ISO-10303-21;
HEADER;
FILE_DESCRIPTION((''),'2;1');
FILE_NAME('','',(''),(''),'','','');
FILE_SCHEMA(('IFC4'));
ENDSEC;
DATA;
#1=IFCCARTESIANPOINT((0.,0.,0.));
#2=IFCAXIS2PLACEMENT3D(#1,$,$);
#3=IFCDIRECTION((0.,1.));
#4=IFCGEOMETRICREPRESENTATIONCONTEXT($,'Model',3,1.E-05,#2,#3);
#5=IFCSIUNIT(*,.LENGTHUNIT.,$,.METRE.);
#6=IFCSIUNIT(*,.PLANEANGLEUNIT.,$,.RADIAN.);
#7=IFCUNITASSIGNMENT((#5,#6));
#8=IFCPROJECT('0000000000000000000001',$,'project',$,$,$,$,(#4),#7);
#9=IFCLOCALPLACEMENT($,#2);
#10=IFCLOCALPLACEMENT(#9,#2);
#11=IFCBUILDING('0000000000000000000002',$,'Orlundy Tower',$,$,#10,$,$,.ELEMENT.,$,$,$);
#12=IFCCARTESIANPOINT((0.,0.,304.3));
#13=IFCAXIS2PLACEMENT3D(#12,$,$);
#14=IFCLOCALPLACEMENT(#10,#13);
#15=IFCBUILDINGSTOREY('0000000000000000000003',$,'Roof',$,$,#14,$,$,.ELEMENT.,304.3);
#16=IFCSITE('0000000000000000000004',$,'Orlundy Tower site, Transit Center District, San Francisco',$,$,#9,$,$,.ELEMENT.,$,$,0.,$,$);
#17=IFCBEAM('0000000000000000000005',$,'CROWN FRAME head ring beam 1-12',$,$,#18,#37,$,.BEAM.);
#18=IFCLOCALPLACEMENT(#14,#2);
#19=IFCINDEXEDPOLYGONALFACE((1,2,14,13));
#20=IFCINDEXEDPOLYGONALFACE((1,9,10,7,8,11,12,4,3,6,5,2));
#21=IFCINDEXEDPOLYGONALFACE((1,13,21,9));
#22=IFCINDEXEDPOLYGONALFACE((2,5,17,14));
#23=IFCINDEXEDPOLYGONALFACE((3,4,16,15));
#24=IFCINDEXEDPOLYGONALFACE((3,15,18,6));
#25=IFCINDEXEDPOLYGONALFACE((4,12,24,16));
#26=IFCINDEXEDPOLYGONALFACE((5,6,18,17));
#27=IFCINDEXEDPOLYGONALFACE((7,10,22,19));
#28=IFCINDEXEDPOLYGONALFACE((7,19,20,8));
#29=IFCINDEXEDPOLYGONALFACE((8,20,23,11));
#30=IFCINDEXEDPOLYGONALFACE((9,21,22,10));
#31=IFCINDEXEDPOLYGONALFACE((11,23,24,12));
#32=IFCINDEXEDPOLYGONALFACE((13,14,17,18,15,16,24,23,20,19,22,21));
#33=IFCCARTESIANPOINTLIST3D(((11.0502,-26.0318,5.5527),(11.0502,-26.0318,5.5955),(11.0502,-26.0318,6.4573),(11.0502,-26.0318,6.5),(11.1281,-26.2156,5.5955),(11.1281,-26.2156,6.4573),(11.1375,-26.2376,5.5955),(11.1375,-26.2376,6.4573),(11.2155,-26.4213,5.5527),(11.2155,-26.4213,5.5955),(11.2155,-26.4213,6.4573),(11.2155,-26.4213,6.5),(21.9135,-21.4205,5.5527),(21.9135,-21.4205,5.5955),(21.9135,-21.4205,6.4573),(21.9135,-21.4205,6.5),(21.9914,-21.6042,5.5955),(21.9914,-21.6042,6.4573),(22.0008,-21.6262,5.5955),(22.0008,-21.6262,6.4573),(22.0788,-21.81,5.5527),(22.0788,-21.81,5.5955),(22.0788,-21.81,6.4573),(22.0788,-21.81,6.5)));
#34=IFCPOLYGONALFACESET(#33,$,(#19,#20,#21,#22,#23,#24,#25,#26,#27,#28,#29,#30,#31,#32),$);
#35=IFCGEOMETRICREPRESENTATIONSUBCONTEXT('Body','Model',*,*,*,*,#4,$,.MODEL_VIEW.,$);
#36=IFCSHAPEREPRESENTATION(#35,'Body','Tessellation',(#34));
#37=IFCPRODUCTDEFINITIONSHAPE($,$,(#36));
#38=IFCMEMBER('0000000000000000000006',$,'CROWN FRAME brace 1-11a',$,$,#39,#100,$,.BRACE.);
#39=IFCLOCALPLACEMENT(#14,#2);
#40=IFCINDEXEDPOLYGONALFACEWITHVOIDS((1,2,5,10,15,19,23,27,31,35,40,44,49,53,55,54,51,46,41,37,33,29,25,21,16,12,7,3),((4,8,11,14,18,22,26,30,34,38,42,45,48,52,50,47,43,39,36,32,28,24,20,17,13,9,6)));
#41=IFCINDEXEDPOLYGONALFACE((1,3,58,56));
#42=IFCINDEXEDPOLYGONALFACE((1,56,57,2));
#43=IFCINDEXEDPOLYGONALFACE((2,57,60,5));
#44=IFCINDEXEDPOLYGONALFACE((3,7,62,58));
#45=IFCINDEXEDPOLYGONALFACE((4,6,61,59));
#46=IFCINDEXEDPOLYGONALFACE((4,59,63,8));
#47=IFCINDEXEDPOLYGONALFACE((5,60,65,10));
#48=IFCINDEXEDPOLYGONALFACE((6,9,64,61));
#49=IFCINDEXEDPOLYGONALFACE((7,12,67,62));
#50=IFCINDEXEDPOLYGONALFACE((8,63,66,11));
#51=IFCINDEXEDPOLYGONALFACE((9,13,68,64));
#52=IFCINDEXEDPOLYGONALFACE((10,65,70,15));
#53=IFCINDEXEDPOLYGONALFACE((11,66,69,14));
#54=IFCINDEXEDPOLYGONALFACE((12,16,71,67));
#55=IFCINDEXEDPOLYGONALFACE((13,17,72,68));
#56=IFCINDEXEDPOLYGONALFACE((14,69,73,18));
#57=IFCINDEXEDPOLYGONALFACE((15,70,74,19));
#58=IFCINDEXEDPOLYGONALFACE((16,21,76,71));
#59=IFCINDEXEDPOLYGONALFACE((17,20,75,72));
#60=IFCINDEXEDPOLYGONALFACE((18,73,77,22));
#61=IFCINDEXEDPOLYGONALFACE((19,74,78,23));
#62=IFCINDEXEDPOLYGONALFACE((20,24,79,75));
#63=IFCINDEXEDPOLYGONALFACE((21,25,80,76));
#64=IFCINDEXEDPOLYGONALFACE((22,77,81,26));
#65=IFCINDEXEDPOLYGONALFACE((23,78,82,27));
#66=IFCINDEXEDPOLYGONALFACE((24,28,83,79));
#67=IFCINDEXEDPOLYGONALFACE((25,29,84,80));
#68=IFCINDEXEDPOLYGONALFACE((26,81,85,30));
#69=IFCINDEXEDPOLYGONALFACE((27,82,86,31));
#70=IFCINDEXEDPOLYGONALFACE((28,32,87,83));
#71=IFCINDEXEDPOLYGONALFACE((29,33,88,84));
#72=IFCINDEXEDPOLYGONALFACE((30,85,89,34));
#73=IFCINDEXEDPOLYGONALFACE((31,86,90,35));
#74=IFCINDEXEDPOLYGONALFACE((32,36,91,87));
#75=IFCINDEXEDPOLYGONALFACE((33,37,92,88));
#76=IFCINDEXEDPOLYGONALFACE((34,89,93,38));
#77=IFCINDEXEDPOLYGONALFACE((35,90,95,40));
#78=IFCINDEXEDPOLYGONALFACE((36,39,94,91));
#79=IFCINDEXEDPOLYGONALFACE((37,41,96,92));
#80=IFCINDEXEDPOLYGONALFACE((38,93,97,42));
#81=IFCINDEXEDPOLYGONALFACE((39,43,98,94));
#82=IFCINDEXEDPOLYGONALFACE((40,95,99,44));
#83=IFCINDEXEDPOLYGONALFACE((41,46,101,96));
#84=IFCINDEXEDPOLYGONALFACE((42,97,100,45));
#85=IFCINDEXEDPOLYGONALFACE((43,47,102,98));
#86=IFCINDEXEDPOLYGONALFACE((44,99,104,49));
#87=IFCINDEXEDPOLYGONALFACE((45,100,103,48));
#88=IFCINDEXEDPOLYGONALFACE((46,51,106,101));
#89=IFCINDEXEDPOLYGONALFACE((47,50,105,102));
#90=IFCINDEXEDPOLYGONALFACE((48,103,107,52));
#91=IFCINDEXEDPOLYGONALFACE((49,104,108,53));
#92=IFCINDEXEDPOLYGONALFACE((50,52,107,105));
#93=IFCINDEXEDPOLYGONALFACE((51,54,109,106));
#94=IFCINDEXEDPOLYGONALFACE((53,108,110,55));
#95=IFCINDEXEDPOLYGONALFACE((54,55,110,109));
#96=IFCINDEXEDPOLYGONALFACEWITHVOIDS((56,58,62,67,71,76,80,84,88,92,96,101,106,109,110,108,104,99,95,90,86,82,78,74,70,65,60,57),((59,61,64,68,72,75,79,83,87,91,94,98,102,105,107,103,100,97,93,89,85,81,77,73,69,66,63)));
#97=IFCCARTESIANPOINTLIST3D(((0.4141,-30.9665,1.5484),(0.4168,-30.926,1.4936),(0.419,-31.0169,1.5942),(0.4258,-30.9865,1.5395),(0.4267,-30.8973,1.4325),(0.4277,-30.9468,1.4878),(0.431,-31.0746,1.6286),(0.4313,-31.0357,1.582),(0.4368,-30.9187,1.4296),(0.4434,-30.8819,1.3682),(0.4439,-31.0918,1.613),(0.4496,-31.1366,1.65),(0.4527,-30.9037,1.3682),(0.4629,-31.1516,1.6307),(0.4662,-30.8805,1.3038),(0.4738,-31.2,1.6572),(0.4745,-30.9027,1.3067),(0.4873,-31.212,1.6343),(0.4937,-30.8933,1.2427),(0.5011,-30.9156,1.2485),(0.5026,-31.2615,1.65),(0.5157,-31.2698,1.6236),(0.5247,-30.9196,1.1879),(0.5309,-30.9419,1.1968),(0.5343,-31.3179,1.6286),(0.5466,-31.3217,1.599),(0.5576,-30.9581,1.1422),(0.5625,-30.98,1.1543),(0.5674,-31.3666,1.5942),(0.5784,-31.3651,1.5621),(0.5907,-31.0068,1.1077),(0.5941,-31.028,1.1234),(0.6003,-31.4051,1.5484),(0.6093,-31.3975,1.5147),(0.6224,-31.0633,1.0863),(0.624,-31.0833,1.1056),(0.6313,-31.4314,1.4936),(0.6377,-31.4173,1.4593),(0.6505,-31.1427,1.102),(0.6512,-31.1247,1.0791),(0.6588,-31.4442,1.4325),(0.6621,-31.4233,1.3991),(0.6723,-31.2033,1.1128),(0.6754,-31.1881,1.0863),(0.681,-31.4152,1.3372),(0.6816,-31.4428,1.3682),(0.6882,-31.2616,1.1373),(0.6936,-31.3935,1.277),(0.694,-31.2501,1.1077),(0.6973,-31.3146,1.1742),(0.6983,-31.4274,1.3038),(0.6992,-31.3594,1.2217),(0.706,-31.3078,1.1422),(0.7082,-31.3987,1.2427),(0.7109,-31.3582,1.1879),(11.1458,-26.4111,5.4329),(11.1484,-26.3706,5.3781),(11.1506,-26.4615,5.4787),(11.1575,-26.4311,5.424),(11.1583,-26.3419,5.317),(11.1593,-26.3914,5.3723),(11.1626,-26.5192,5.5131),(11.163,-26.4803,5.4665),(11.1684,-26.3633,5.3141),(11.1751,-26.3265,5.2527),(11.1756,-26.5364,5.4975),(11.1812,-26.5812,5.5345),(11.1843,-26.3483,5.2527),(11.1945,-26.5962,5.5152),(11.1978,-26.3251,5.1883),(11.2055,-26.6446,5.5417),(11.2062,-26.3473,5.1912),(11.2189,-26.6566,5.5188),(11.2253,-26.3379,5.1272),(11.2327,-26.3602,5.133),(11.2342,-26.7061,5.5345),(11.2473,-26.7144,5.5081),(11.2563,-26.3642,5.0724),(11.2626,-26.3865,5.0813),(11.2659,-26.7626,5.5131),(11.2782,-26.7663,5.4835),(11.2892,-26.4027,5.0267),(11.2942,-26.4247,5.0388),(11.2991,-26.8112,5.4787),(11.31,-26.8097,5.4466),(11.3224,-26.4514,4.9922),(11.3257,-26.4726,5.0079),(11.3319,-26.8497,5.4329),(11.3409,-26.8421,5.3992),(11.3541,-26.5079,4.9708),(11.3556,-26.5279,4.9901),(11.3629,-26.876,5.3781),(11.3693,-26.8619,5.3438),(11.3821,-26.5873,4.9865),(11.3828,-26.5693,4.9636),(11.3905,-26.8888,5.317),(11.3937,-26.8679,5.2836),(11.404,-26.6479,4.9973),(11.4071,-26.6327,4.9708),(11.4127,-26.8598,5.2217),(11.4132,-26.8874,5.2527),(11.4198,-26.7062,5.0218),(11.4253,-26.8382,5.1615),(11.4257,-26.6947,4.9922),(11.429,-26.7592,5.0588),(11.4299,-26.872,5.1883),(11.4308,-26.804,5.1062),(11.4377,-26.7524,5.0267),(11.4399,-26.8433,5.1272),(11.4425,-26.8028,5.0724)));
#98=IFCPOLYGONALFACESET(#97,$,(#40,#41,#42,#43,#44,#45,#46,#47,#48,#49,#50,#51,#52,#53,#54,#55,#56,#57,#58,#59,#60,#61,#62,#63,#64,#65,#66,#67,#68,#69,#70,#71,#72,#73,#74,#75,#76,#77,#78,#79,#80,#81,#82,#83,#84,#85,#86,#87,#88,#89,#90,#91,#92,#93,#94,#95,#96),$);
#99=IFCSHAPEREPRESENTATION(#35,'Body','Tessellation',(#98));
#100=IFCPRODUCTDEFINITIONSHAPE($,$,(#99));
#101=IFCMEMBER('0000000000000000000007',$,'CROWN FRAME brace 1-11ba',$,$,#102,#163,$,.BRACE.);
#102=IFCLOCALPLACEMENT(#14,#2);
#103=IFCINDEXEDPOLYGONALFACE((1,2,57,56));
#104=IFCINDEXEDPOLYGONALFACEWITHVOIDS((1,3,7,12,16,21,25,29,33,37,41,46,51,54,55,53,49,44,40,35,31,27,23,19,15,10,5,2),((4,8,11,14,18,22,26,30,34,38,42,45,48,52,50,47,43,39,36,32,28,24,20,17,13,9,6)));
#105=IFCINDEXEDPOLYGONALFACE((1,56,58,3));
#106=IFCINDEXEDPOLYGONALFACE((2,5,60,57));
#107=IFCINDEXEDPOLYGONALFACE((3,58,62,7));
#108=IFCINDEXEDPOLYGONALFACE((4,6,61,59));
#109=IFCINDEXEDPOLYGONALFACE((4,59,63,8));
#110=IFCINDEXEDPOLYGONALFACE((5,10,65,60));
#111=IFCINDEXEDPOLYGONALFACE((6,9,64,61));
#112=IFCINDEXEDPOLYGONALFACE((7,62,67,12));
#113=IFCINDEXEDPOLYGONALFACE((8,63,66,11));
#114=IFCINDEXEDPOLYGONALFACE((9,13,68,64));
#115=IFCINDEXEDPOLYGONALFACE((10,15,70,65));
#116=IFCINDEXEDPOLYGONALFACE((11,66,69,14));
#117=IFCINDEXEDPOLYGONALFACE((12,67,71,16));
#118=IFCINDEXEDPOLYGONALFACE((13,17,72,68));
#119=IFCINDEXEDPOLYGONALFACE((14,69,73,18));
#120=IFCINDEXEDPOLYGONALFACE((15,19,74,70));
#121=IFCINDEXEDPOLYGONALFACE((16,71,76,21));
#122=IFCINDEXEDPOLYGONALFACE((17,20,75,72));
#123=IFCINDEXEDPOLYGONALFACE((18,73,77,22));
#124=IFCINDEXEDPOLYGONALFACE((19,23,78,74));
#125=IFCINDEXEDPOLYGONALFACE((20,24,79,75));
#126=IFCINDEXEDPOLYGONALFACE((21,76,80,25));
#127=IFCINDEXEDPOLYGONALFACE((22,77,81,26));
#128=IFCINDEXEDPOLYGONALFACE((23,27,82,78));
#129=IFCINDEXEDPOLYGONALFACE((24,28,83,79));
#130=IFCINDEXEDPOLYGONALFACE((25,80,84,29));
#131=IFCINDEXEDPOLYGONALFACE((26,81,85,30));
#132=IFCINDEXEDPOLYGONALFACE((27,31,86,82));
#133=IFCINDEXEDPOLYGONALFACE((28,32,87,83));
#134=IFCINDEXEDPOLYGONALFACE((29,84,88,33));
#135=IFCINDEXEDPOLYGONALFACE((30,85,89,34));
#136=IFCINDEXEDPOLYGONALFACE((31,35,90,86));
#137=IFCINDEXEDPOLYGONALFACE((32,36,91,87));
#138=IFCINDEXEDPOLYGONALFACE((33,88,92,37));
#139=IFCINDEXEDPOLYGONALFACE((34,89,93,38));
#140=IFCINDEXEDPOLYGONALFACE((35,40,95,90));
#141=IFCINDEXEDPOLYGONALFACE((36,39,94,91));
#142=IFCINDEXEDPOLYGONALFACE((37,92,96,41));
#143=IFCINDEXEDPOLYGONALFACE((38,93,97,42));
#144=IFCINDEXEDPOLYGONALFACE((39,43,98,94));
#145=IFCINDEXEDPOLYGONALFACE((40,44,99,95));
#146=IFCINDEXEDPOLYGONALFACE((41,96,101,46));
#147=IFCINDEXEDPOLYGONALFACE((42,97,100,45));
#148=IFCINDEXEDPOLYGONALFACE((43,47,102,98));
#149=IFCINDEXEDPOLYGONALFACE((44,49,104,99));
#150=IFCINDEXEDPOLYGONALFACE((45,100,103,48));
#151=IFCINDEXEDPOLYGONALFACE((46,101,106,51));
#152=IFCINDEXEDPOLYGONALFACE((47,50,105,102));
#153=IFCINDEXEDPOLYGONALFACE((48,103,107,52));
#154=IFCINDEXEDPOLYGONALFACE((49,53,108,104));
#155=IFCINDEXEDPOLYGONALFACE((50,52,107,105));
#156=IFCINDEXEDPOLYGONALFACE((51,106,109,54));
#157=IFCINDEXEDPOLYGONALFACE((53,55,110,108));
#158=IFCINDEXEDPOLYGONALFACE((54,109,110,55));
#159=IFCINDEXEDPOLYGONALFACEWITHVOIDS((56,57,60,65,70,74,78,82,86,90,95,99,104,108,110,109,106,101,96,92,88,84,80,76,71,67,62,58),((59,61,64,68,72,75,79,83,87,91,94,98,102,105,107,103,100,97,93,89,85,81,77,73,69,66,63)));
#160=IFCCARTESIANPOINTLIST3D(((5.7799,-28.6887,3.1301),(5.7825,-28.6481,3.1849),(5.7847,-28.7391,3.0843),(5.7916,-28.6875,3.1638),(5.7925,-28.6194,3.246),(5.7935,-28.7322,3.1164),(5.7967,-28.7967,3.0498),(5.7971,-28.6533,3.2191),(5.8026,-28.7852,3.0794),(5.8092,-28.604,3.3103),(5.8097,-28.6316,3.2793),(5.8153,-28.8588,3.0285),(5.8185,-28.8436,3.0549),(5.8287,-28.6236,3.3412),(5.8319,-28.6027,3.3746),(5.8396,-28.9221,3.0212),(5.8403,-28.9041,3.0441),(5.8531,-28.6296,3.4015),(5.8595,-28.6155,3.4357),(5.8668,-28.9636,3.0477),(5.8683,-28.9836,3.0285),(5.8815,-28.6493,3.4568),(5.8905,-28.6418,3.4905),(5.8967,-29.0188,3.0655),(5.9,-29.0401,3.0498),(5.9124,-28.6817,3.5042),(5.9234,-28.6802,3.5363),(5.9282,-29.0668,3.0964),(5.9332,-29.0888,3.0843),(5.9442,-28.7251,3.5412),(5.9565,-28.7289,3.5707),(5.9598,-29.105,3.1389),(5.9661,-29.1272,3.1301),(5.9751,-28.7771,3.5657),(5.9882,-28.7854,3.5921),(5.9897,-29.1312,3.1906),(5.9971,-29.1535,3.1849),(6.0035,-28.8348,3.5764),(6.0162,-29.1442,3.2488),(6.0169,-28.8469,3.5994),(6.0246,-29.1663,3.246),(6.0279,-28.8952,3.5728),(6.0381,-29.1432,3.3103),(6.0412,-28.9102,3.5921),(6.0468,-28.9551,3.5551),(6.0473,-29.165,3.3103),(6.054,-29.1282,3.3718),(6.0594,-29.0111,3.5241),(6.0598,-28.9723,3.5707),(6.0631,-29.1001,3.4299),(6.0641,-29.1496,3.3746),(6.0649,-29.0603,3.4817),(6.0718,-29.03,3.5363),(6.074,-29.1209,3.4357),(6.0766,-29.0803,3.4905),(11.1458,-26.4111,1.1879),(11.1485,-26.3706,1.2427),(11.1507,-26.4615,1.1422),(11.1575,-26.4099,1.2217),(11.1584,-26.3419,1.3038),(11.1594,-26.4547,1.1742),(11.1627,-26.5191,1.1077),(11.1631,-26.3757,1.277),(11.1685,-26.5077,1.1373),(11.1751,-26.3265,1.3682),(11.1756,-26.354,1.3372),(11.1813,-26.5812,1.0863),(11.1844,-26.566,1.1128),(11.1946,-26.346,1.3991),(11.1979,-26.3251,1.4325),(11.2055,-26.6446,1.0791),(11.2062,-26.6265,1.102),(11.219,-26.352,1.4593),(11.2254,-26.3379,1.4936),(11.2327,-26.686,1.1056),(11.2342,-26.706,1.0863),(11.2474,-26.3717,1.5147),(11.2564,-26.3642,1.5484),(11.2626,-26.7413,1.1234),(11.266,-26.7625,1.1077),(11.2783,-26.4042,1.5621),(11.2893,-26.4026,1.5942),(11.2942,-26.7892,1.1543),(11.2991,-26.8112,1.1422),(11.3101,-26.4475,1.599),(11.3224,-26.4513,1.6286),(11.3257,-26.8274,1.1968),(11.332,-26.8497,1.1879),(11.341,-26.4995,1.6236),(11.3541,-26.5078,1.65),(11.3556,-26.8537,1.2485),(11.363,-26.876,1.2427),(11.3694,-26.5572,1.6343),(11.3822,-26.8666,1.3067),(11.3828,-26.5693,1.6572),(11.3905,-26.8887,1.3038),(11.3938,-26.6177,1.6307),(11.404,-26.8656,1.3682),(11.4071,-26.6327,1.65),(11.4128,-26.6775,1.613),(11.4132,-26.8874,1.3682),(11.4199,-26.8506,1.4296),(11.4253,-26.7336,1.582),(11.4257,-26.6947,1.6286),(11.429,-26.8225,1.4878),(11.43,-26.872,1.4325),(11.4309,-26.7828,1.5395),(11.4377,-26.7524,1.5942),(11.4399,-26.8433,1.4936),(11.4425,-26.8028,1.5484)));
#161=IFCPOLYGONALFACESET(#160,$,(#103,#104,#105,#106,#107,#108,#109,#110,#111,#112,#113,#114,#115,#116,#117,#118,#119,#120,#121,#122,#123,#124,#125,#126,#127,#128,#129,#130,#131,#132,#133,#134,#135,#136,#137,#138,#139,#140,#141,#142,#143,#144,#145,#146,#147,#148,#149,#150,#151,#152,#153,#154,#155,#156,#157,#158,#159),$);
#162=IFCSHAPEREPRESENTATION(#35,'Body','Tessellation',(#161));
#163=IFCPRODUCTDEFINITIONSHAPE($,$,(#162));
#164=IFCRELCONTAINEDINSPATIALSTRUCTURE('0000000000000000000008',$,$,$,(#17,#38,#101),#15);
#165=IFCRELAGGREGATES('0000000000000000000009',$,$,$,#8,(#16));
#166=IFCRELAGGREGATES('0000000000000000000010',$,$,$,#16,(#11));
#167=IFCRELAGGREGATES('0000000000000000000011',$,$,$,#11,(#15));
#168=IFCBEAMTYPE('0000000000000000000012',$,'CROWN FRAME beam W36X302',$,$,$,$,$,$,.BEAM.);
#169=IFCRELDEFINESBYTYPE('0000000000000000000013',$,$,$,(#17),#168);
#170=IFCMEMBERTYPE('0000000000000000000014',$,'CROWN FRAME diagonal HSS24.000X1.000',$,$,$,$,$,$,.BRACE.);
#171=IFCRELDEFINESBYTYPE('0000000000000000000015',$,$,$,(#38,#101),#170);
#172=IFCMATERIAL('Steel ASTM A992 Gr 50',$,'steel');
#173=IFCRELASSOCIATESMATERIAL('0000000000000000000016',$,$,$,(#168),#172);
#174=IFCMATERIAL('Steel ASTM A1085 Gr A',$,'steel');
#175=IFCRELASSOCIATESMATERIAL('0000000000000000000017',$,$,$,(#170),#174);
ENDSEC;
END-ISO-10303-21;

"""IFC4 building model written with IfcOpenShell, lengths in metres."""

from ifc_helpers import new_model, si_unit, direction, frame, origin, origin_2d, place, context, subcontext, project, spatial, hollow_circle, i_section, extrude, material, material_profile, profile_set, type_object, element, save


model = new_model("IFC4")

# Units and contexts
model_context = context("Model", 3, precision=1e-05, world=origin(), true_north=direction((0.0, 1.0)))
body_context = subcontext(model_context, "Body", "Model", "MODEL_VIEW")
ifc_project = project(units=[si_unit("LENGTHUNIT", "METRE"), si_unit("PLANEANGLEUNIT", "RADIAN")], contexts=[model_context])

# Site, building, storey
site_placement = place(None, origin())
site = spatial("IfcSite", under=ifc_project, at=site_placement, Name="Orlundy Tower site, Transit Center District, San Francisco", CompositionType="ELEMENT", RefElevation=0.0)
building_placement = place(site_placement, origin())
building = spatial("IfcBuilding", under=site, at=building_placement, Name="Orlundy Tower", CompositionType="ELEMENT")
storey_placement = place(building_placement, frame((0.0, 0.0, 304.3)))
storey = spatial("IfcBuildingStorey", under=building, at=storey_placement, Name="Roof", CompositionType="ELEMENT", Elevation=304.3)

# Beam
ifc_material_1 = material(Name="Steel ASTM A992 Gr 50", Category="steel")
ifc_material_profile_1 = material_profile(ifc_material_1, i_section(OverallWidth=0.4231, OverallDepth=0.9473, WebThickness=0.0239, FlangeThickness=0.0427, at=origin_2d()), Name="W36X302")
ifc_profile_set_1 = profile_set([ifc_material_profile_1], Name="Steel ASTM A992 Gr 50")
beam_type_1 = type_object("IfcBeamType", Name="CROWN FRAME beam W36X302", PredefinedType="BEAM", material=ifc_profile_set_1)
beam_1_placement = place(storey_placement, frame((11.1328, -26.2266, 6.0264), z_axis=(0.920501, 0.390741, 0.0), x_axis=(-0.390741, 0.920501, 0.0)))
element("IfcBeam", 1, at=beam_1_placement, inside=storey, type_object=beam_type_1, Name="CROWN FRAME head ring beam 1-12", PredefinedType="BEAM", context=body_context, shape_type="SweptSolid", body=[
    extrude(i_section(OverallWidth=0.4231, OverallDepth=0.9473, WebThickness=0.0239, FlangeThickness=0.0427, at=origin_2d()), origin(), (0.0, 0.0, 1.0), 11.8015),
])

# Members
ifc_material_2 = material(Name="Steel ASTM A1085 Gr A", Category="steel")
ifc_material_profile_2 = material_profile(ifc_material_2, hollow_circle(Radius=0.3047, WallThickness=0.0237, at=origin_2d()), Name="HSS24.000X1.000")
ifc_profile_set_2 = profile_set([ifc_material_profile_2], Name="Steel ASTM A1085 Gr A")
member_type_1 = type_object("IfcMemberType", Name="CROWN FRAME diagonal HSS24.000X1.000", PredefinedType="BRACE", material=ifc_profile_set_2)
member_1_placement = place(storey_placement, frame((0.5625, -31.1624, 1.3682), z_axis=(0.873302, 0.370702, 0.316107), x_axis=(-0.390738, 0.920502, 0.0)))
element("IfcMember", 2, at=member_1_placement, inside=storey, type_object=member_type_1, Name="CROWN FRAME brace 1-11a", PredefinedType="BRACE", context=body_context, shape_type="SweptSolid", body=[
    extrude(hollow_circle(Radius=0.3047, WallThickness=0.0237, at=origin_2d()), origin(), (0.0, 0.0, 1.0), 12.2886),
])
for number, where, z_axis, x_axis, name in (
    (3, (11.2942, -26.6069, 1.3682), (-0.873319, -0.370681, 0.316086), (0.390712, -0.920513, 0.0), "CROWN FRAME brace 1-11ba"),
):
    element("IfcMember", number, at=place(storey_placement, frame(where, z_axis=z_axis, x_axis=x_axis)), inside=storey, type_object=member_type_1, Name=name, PredefinedType="BRACE", context=body_context, shape_type="SweptSolid", body=[
        extrude(hollow_circle(Radius=0.3047, WallThickness=0.0237, at=origin_2d()), origin(), (0.0, 0.0, 1.0), 6.1443),
    ])

save(model, "model.ifc")
